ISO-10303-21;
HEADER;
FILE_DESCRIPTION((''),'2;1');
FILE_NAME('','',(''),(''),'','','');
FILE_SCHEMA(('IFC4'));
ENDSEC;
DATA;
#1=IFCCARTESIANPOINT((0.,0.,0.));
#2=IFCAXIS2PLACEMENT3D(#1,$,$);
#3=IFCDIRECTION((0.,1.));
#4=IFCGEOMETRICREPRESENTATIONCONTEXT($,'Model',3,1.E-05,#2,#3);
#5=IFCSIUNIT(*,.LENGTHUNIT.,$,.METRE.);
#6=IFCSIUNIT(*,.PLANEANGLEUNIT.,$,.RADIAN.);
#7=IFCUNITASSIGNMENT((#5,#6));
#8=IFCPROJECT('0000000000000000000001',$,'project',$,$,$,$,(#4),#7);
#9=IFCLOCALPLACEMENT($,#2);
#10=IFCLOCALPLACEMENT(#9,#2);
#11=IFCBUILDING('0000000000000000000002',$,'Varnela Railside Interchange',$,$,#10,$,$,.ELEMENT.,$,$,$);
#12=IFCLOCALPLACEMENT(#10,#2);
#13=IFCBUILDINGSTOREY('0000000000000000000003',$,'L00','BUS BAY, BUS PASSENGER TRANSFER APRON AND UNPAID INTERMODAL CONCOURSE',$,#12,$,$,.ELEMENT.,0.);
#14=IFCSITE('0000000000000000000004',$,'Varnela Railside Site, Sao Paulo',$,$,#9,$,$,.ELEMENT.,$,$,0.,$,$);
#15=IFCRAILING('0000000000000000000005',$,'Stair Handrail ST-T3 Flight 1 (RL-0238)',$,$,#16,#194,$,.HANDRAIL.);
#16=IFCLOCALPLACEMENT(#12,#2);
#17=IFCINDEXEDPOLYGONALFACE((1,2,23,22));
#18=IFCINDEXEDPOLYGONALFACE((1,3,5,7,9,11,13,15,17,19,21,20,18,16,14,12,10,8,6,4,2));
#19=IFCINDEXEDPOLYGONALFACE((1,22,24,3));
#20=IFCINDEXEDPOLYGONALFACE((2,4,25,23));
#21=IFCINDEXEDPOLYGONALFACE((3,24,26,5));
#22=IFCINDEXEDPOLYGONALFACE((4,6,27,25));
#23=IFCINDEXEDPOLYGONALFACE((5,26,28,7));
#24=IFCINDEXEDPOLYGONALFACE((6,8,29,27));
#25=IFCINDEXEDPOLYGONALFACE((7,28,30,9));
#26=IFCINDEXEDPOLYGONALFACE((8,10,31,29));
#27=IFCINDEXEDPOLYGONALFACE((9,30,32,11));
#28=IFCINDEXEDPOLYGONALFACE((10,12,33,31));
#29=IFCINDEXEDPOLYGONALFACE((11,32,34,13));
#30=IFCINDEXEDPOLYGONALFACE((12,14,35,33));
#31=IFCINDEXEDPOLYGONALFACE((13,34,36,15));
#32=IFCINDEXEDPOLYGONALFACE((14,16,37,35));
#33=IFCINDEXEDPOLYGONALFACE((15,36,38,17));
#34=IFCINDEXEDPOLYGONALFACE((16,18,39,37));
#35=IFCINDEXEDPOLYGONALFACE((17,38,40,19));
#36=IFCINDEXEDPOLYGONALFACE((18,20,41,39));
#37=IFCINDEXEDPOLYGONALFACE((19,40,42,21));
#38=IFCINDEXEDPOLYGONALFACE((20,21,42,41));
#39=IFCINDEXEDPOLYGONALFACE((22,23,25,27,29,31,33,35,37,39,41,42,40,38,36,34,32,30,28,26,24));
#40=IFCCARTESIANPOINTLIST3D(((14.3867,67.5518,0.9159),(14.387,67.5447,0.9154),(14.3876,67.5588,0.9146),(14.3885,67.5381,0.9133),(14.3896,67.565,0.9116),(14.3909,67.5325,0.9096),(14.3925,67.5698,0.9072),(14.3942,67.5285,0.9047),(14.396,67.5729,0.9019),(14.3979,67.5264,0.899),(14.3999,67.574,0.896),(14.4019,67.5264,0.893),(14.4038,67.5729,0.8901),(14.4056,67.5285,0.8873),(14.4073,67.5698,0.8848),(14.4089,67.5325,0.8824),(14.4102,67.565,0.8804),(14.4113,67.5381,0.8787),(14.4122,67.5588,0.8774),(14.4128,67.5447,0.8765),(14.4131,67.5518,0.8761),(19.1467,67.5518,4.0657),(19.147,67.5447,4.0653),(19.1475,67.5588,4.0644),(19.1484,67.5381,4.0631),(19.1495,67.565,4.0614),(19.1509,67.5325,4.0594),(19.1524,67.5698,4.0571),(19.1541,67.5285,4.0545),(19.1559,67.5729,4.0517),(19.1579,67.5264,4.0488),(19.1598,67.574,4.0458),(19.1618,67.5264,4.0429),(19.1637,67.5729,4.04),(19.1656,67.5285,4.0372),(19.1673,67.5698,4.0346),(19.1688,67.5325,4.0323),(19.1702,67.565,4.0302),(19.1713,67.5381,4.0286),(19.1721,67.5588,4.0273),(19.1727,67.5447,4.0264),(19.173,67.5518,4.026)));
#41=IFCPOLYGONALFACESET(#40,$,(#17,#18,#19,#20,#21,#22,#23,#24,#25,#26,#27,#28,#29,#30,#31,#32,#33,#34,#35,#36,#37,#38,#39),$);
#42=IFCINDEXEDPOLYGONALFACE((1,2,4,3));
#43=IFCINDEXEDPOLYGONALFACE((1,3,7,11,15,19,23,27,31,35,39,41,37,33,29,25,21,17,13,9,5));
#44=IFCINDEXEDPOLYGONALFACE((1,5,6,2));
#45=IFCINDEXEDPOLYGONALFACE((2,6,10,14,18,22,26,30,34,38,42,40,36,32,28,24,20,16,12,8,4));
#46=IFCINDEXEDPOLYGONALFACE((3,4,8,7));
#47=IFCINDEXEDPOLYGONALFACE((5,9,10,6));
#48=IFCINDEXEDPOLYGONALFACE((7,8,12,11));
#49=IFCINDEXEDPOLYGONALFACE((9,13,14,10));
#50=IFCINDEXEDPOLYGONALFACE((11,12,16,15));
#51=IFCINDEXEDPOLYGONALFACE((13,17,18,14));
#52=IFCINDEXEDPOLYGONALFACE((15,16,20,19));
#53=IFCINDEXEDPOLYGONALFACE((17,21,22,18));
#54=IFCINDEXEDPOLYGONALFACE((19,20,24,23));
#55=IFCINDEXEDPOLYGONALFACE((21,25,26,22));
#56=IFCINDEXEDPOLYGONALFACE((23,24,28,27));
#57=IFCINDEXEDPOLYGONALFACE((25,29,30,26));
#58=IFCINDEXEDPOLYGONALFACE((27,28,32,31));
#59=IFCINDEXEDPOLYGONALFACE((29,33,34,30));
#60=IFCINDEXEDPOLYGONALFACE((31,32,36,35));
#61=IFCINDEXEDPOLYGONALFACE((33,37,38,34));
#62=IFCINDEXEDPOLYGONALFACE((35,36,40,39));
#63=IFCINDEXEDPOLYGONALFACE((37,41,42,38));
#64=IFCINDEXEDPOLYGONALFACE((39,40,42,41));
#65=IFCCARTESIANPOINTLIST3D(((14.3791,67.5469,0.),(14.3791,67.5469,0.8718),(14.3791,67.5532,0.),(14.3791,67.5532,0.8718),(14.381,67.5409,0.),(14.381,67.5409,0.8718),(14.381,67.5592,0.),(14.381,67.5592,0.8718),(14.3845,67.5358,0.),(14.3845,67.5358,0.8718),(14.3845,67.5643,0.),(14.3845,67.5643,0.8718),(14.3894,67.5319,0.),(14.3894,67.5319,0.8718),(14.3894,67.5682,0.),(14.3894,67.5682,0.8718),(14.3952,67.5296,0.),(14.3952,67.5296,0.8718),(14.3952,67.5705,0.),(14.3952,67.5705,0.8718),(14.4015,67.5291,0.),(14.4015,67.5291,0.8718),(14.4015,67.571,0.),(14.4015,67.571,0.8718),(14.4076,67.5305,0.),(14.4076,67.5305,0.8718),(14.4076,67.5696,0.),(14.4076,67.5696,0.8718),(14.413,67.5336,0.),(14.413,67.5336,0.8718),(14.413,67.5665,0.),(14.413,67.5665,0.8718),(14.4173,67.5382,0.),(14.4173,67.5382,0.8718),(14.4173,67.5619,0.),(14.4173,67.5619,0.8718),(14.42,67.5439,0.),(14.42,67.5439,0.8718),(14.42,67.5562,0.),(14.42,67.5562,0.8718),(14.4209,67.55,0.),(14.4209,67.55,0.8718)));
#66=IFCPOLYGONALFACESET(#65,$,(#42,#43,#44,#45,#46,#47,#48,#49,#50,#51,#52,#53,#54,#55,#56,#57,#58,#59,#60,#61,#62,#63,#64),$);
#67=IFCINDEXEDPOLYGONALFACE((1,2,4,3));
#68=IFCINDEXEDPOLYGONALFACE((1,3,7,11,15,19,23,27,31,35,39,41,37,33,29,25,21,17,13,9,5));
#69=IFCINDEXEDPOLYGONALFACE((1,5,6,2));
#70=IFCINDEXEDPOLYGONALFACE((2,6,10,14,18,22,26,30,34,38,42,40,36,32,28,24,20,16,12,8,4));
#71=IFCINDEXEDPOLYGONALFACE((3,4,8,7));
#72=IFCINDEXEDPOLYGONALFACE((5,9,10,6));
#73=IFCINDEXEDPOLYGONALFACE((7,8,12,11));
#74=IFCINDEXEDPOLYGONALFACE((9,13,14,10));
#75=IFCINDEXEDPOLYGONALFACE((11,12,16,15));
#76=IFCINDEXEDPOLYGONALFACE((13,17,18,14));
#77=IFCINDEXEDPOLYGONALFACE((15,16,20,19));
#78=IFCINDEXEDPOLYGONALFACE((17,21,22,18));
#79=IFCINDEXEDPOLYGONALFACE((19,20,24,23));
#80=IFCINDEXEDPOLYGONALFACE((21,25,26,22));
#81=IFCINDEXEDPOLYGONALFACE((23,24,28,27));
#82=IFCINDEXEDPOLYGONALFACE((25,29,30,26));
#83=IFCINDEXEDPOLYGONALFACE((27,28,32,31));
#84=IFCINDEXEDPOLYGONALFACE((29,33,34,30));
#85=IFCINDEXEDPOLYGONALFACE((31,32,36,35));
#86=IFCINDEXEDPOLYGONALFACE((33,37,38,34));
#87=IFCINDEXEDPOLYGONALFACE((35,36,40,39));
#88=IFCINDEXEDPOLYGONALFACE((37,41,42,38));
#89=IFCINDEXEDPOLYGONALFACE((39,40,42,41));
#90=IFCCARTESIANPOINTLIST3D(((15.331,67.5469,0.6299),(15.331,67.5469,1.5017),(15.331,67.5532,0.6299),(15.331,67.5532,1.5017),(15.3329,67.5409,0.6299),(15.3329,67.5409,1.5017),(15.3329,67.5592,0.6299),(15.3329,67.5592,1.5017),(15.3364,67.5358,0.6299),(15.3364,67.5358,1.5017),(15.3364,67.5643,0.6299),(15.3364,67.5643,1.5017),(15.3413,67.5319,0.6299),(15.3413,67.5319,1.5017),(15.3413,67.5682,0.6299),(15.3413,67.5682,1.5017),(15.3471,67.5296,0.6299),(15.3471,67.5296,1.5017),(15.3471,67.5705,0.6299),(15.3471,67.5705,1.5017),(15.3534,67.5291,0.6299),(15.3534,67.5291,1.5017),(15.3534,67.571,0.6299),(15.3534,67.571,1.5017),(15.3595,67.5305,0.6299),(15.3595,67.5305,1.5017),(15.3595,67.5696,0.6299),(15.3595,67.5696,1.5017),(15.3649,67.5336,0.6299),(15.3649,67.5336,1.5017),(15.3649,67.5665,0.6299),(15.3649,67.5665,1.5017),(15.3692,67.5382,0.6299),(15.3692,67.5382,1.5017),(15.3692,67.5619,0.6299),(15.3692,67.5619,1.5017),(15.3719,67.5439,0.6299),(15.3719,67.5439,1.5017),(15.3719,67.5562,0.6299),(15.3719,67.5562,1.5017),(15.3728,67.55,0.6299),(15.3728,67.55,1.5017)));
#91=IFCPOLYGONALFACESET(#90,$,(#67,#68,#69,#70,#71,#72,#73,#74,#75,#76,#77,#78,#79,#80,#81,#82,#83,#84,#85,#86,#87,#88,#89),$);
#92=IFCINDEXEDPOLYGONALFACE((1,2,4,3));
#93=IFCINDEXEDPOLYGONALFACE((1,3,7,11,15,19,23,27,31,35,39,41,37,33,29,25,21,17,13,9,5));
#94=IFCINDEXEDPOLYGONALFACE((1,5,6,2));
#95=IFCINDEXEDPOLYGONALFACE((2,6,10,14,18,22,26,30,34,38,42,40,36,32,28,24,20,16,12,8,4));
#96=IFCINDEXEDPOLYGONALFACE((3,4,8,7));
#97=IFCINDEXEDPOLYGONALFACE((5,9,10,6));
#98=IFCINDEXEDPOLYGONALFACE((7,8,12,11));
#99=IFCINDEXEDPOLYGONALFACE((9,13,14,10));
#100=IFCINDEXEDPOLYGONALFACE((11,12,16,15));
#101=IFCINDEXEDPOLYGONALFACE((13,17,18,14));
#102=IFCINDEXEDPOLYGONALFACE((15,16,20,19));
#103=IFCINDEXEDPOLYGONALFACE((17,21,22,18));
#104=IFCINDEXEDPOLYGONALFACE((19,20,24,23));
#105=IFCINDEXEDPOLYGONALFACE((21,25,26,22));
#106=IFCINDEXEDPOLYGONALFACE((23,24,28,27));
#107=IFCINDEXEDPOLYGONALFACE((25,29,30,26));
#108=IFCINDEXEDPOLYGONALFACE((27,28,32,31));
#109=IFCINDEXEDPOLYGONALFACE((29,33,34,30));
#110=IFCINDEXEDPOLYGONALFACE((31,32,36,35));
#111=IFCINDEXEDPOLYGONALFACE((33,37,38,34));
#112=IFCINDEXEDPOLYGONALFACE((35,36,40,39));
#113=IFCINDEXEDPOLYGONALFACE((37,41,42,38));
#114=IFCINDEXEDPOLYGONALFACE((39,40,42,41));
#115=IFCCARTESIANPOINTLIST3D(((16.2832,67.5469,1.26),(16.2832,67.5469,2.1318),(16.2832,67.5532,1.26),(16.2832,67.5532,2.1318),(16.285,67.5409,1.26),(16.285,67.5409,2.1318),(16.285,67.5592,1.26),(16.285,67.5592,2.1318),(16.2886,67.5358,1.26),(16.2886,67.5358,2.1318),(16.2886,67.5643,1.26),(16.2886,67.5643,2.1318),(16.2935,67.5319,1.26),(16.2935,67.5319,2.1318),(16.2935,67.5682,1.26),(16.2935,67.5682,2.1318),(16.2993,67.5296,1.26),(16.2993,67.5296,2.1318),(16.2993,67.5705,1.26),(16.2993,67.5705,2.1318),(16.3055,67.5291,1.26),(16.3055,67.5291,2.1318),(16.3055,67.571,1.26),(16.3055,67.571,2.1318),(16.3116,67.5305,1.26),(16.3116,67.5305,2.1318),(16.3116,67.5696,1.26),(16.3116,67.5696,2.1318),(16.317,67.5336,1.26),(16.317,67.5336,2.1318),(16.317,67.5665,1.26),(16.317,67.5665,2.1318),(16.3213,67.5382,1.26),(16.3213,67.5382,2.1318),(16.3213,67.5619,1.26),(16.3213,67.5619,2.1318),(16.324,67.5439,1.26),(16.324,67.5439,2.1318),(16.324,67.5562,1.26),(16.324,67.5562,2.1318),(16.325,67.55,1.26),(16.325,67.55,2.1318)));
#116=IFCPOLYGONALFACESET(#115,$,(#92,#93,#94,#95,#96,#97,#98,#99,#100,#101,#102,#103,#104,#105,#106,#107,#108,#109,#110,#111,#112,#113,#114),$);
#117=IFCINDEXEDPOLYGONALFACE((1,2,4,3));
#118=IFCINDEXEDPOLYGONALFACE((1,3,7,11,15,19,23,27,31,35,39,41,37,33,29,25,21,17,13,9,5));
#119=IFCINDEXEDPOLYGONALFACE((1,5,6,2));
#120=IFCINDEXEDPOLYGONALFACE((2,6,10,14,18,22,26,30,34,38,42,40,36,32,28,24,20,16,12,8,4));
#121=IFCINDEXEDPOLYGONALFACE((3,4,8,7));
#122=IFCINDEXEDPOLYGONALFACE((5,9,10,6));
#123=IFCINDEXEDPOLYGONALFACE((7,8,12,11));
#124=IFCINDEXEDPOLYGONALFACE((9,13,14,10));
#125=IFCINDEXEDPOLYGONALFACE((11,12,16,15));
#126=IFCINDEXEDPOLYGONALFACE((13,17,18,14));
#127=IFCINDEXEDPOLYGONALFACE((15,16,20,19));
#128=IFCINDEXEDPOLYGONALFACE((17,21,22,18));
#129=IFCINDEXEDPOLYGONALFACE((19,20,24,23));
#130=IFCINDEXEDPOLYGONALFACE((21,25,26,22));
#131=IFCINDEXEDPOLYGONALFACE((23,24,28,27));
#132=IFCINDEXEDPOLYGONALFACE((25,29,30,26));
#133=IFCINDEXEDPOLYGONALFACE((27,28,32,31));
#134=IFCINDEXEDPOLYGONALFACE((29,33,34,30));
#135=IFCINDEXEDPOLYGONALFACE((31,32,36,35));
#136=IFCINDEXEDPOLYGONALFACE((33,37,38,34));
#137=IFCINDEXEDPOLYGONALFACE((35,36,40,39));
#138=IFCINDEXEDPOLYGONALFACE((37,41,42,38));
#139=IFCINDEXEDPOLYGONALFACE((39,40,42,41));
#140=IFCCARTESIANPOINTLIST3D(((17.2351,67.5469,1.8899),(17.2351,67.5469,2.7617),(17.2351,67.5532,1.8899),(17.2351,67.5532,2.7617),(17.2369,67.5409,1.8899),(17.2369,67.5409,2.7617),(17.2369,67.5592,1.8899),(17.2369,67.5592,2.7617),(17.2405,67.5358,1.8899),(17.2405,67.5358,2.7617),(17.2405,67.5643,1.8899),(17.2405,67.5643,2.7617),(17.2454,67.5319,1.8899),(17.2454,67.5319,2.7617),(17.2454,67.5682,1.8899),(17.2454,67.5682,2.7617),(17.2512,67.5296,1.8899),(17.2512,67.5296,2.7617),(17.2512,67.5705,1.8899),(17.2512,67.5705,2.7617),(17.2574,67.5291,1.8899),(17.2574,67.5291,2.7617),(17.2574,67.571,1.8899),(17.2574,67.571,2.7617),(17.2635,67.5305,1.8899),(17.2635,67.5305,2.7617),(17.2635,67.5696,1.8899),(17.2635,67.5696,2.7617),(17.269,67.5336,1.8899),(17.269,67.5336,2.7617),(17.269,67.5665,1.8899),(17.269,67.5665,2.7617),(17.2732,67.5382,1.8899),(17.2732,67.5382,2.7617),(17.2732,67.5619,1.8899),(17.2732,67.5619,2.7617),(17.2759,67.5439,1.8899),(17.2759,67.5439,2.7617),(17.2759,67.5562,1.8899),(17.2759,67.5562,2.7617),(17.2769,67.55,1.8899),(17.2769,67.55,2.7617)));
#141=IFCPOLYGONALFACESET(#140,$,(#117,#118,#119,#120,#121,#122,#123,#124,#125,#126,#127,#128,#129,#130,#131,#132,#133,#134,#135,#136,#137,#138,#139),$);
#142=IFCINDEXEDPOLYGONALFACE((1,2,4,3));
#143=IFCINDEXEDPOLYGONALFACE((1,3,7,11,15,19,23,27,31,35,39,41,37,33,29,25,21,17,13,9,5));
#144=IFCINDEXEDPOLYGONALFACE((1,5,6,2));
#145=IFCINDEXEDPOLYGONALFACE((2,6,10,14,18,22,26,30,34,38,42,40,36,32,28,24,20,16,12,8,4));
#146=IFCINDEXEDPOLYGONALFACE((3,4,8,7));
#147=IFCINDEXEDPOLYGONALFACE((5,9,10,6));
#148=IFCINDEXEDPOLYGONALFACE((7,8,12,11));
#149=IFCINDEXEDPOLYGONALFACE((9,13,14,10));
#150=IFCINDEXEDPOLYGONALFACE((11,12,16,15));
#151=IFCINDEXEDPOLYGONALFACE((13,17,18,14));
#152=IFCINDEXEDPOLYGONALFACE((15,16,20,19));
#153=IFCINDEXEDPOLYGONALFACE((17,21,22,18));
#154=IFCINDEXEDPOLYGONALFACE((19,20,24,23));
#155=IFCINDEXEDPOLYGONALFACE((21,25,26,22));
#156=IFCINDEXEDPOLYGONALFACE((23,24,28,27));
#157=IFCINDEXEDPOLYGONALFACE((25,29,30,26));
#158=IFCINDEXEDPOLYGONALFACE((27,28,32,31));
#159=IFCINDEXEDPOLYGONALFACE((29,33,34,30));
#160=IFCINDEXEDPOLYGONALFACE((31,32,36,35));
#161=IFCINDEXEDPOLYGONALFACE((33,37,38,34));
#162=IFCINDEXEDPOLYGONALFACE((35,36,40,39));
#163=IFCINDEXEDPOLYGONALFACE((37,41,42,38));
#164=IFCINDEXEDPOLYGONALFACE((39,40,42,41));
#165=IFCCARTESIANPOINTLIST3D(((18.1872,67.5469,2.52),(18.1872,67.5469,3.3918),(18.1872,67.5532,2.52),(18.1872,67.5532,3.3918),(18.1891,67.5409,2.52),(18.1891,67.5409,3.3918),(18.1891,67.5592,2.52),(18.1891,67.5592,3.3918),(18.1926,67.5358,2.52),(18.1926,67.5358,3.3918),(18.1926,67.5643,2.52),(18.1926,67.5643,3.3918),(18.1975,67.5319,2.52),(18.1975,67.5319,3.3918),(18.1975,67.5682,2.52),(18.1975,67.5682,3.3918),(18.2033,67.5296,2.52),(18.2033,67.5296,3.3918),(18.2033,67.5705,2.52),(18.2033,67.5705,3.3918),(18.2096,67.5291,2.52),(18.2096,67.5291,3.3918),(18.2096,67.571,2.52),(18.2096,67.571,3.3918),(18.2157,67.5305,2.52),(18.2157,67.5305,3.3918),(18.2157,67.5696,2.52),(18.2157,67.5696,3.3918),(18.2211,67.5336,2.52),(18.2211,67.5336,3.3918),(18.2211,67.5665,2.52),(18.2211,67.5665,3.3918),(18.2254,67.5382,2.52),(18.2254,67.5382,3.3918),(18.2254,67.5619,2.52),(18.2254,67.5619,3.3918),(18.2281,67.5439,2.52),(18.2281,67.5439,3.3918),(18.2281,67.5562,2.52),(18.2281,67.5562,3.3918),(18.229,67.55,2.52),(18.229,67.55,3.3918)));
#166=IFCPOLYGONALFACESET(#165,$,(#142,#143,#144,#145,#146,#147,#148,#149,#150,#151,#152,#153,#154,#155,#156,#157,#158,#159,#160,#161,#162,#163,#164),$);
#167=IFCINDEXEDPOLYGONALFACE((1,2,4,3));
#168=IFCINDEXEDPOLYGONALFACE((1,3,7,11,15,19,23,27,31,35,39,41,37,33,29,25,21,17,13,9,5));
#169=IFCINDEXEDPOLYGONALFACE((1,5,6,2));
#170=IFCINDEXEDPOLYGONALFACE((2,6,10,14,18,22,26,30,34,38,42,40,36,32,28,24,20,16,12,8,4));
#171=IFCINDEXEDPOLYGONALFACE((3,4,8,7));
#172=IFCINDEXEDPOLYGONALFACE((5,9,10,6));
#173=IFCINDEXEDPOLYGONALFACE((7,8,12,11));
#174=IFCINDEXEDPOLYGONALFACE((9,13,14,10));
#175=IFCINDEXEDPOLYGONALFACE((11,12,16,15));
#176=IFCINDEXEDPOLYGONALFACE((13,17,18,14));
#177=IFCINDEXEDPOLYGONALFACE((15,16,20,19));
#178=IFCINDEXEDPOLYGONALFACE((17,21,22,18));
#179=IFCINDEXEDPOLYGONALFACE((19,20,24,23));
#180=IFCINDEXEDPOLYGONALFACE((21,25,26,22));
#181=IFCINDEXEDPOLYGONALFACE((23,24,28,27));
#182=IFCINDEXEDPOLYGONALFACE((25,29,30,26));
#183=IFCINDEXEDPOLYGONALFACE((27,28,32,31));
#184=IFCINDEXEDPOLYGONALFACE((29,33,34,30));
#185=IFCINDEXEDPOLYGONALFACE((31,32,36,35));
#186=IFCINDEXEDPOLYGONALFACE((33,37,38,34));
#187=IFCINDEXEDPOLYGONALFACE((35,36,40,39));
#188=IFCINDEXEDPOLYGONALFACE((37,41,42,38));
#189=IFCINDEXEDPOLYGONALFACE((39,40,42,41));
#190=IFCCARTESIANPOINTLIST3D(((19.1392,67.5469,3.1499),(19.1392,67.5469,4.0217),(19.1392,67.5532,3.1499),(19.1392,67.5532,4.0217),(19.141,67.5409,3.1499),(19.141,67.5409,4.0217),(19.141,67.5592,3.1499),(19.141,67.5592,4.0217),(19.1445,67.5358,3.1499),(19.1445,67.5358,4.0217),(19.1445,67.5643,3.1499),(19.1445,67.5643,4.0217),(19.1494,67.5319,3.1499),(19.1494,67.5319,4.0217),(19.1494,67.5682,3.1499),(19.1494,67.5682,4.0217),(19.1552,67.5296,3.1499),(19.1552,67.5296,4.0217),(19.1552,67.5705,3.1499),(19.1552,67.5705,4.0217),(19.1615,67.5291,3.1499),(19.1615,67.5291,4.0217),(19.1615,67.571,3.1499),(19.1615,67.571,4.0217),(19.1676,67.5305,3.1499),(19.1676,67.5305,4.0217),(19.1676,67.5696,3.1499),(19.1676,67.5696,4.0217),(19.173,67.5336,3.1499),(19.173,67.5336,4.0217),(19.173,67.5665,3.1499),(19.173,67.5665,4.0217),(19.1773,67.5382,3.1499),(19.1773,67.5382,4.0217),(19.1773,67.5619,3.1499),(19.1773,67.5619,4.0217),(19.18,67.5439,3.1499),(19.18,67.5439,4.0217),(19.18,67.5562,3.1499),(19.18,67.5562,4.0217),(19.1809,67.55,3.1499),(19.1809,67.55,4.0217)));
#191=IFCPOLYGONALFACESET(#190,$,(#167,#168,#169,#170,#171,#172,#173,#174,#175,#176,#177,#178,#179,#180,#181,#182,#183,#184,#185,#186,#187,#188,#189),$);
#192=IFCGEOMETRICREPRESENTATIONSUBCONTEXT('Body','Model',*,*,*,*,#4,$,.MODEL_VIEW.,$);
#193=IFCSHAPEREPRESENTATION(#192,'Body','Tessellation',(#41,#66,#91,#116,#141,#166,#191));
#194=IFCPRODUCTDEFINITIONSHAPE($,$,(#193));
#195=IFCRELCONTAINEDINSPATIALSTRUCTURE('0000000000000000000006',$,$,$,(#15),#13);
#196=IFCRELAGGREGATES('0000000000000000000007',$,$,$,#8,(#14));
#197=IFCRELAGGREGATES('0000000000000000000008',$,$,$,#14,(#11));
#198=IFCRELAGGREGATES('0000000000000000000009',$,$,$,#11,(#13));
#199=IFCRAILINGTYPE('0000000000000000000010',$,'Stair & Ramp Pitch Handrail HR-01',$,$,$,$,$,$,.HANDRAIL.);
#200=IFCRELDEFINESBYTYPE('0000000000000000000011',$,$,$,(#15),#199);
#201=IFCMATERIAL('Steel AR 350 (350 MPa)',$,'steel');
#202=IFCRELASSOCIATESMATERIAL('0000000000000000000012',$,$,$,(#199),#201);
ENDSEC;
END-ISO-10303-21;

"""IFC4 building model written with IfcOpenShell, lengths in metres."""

from ifc_helpers import new_model, si_unit, direction, frame, origin, origin_2d, place, context, subcontext, project, spatial, circle, extrude, material, type_object, element, save


model = new_model("IFC4")

# Units and contexts
model_context = context("Model", 3, precision=1e-05, world=origin(), true_north=direction((0.0, 1.0)))
body_context = subcontext(model_context, "Body", "Model", "MODEL_VIEW")
ifc_project = project(units=[si_unit("LENGTHUNIT", "METRE"), si_unit("PLANEANGLEUNIT", "RADIAN")], contexts=[model_context])

# Site, building, storey
site_placement = place(None, origin())
site = spatial("IfcSite", under=ifc_project, at=site_placement, Name="Varnela Railside Site, Sao Paulo", CompositionType="ELEMENT", RefElevation=0.0)
building_placement = place(site_placement, origin())
building = spatial("IfcBuilding", under=site, at=building_placement, Name="Varnela Railside Interchange", CompositionType="ELEMENT")
storey_placement = place(building_placement, origin())
storey = spatial("IfcBuildingStorey", under=building, at=storey_placement, Name="L00", Description="BUS BAY, BUS PASSENGER TRANSFER APRON AND UNPAID INTERMODAL CONCOURSE", CompositionType="ELEMENT", Elevation=0.0)

# Shared definitions
ifc_material_1 = material(Name="Steel AR 350 (350 MPa)", Category="steel")

# Railing
railing_type_1 = type_object("IfcRailingType", Name="Stair & Ramp Pitch Handrail HR-01", PredefinedType="HANDRAIL", material=ifc_material_1)
railing_1_placement = place(storey_placement, frame((14.3999, 67.55, 0.0)))
element("IfcRailing", 1, at=railing_1_placement, inside=storey, type_object=railing_type_1, Name="Stair Handrail ST-T3 Flight 1 (RL-0238)", PredefinedType="HANDRAIL", context=body_context, shape_type="SweptSolid", body=[
    extrude(circle(Radius=0.0239, at=origin_2d()), frame((0.0, 0.0, 0.896), z_axis=(0.833941, 0.0, 0.551854), x_axis=(0.0, 1.0, 0.0)), (0.0, 0.0, 1.0), 5.7078),
    extrude(circle(Radius=0.021, at=origin_2d()), origin(), (0.0, 0.0, 1.0), 0.8718),
    extrude(circle(Radius=0.021, at=origin_2d()), frame((0.9519, 0.0, 0.6299)), (0.0, 0.0, 1.0), 0.8718),
    extrude(circle(Radius=0.021, at=origin_2d()), frame((1.9041, 0.0, 1.26)), (0.0, 0.0, 1.0), 0.8718),
    extrude(circle(Radius=0.021, at=origin_2d()), frame((2.856, 0.0, 1.8899)), (0.0, 0.0, 1.0), 0.8718),
    extrude(circle(Radius=0.021, at=origin_2d()), frame((3.8081, 0.0, 2.52)), (0.0, 0.0, 1.0), 0.8718),
    extrude(circle(Radius=0.021, at=origin_2d()), frame((4.76, 0.0, 3.1499)), (0.0, 0.0, 1.0), 0.8718),
])

save(model, "model.ifc")
